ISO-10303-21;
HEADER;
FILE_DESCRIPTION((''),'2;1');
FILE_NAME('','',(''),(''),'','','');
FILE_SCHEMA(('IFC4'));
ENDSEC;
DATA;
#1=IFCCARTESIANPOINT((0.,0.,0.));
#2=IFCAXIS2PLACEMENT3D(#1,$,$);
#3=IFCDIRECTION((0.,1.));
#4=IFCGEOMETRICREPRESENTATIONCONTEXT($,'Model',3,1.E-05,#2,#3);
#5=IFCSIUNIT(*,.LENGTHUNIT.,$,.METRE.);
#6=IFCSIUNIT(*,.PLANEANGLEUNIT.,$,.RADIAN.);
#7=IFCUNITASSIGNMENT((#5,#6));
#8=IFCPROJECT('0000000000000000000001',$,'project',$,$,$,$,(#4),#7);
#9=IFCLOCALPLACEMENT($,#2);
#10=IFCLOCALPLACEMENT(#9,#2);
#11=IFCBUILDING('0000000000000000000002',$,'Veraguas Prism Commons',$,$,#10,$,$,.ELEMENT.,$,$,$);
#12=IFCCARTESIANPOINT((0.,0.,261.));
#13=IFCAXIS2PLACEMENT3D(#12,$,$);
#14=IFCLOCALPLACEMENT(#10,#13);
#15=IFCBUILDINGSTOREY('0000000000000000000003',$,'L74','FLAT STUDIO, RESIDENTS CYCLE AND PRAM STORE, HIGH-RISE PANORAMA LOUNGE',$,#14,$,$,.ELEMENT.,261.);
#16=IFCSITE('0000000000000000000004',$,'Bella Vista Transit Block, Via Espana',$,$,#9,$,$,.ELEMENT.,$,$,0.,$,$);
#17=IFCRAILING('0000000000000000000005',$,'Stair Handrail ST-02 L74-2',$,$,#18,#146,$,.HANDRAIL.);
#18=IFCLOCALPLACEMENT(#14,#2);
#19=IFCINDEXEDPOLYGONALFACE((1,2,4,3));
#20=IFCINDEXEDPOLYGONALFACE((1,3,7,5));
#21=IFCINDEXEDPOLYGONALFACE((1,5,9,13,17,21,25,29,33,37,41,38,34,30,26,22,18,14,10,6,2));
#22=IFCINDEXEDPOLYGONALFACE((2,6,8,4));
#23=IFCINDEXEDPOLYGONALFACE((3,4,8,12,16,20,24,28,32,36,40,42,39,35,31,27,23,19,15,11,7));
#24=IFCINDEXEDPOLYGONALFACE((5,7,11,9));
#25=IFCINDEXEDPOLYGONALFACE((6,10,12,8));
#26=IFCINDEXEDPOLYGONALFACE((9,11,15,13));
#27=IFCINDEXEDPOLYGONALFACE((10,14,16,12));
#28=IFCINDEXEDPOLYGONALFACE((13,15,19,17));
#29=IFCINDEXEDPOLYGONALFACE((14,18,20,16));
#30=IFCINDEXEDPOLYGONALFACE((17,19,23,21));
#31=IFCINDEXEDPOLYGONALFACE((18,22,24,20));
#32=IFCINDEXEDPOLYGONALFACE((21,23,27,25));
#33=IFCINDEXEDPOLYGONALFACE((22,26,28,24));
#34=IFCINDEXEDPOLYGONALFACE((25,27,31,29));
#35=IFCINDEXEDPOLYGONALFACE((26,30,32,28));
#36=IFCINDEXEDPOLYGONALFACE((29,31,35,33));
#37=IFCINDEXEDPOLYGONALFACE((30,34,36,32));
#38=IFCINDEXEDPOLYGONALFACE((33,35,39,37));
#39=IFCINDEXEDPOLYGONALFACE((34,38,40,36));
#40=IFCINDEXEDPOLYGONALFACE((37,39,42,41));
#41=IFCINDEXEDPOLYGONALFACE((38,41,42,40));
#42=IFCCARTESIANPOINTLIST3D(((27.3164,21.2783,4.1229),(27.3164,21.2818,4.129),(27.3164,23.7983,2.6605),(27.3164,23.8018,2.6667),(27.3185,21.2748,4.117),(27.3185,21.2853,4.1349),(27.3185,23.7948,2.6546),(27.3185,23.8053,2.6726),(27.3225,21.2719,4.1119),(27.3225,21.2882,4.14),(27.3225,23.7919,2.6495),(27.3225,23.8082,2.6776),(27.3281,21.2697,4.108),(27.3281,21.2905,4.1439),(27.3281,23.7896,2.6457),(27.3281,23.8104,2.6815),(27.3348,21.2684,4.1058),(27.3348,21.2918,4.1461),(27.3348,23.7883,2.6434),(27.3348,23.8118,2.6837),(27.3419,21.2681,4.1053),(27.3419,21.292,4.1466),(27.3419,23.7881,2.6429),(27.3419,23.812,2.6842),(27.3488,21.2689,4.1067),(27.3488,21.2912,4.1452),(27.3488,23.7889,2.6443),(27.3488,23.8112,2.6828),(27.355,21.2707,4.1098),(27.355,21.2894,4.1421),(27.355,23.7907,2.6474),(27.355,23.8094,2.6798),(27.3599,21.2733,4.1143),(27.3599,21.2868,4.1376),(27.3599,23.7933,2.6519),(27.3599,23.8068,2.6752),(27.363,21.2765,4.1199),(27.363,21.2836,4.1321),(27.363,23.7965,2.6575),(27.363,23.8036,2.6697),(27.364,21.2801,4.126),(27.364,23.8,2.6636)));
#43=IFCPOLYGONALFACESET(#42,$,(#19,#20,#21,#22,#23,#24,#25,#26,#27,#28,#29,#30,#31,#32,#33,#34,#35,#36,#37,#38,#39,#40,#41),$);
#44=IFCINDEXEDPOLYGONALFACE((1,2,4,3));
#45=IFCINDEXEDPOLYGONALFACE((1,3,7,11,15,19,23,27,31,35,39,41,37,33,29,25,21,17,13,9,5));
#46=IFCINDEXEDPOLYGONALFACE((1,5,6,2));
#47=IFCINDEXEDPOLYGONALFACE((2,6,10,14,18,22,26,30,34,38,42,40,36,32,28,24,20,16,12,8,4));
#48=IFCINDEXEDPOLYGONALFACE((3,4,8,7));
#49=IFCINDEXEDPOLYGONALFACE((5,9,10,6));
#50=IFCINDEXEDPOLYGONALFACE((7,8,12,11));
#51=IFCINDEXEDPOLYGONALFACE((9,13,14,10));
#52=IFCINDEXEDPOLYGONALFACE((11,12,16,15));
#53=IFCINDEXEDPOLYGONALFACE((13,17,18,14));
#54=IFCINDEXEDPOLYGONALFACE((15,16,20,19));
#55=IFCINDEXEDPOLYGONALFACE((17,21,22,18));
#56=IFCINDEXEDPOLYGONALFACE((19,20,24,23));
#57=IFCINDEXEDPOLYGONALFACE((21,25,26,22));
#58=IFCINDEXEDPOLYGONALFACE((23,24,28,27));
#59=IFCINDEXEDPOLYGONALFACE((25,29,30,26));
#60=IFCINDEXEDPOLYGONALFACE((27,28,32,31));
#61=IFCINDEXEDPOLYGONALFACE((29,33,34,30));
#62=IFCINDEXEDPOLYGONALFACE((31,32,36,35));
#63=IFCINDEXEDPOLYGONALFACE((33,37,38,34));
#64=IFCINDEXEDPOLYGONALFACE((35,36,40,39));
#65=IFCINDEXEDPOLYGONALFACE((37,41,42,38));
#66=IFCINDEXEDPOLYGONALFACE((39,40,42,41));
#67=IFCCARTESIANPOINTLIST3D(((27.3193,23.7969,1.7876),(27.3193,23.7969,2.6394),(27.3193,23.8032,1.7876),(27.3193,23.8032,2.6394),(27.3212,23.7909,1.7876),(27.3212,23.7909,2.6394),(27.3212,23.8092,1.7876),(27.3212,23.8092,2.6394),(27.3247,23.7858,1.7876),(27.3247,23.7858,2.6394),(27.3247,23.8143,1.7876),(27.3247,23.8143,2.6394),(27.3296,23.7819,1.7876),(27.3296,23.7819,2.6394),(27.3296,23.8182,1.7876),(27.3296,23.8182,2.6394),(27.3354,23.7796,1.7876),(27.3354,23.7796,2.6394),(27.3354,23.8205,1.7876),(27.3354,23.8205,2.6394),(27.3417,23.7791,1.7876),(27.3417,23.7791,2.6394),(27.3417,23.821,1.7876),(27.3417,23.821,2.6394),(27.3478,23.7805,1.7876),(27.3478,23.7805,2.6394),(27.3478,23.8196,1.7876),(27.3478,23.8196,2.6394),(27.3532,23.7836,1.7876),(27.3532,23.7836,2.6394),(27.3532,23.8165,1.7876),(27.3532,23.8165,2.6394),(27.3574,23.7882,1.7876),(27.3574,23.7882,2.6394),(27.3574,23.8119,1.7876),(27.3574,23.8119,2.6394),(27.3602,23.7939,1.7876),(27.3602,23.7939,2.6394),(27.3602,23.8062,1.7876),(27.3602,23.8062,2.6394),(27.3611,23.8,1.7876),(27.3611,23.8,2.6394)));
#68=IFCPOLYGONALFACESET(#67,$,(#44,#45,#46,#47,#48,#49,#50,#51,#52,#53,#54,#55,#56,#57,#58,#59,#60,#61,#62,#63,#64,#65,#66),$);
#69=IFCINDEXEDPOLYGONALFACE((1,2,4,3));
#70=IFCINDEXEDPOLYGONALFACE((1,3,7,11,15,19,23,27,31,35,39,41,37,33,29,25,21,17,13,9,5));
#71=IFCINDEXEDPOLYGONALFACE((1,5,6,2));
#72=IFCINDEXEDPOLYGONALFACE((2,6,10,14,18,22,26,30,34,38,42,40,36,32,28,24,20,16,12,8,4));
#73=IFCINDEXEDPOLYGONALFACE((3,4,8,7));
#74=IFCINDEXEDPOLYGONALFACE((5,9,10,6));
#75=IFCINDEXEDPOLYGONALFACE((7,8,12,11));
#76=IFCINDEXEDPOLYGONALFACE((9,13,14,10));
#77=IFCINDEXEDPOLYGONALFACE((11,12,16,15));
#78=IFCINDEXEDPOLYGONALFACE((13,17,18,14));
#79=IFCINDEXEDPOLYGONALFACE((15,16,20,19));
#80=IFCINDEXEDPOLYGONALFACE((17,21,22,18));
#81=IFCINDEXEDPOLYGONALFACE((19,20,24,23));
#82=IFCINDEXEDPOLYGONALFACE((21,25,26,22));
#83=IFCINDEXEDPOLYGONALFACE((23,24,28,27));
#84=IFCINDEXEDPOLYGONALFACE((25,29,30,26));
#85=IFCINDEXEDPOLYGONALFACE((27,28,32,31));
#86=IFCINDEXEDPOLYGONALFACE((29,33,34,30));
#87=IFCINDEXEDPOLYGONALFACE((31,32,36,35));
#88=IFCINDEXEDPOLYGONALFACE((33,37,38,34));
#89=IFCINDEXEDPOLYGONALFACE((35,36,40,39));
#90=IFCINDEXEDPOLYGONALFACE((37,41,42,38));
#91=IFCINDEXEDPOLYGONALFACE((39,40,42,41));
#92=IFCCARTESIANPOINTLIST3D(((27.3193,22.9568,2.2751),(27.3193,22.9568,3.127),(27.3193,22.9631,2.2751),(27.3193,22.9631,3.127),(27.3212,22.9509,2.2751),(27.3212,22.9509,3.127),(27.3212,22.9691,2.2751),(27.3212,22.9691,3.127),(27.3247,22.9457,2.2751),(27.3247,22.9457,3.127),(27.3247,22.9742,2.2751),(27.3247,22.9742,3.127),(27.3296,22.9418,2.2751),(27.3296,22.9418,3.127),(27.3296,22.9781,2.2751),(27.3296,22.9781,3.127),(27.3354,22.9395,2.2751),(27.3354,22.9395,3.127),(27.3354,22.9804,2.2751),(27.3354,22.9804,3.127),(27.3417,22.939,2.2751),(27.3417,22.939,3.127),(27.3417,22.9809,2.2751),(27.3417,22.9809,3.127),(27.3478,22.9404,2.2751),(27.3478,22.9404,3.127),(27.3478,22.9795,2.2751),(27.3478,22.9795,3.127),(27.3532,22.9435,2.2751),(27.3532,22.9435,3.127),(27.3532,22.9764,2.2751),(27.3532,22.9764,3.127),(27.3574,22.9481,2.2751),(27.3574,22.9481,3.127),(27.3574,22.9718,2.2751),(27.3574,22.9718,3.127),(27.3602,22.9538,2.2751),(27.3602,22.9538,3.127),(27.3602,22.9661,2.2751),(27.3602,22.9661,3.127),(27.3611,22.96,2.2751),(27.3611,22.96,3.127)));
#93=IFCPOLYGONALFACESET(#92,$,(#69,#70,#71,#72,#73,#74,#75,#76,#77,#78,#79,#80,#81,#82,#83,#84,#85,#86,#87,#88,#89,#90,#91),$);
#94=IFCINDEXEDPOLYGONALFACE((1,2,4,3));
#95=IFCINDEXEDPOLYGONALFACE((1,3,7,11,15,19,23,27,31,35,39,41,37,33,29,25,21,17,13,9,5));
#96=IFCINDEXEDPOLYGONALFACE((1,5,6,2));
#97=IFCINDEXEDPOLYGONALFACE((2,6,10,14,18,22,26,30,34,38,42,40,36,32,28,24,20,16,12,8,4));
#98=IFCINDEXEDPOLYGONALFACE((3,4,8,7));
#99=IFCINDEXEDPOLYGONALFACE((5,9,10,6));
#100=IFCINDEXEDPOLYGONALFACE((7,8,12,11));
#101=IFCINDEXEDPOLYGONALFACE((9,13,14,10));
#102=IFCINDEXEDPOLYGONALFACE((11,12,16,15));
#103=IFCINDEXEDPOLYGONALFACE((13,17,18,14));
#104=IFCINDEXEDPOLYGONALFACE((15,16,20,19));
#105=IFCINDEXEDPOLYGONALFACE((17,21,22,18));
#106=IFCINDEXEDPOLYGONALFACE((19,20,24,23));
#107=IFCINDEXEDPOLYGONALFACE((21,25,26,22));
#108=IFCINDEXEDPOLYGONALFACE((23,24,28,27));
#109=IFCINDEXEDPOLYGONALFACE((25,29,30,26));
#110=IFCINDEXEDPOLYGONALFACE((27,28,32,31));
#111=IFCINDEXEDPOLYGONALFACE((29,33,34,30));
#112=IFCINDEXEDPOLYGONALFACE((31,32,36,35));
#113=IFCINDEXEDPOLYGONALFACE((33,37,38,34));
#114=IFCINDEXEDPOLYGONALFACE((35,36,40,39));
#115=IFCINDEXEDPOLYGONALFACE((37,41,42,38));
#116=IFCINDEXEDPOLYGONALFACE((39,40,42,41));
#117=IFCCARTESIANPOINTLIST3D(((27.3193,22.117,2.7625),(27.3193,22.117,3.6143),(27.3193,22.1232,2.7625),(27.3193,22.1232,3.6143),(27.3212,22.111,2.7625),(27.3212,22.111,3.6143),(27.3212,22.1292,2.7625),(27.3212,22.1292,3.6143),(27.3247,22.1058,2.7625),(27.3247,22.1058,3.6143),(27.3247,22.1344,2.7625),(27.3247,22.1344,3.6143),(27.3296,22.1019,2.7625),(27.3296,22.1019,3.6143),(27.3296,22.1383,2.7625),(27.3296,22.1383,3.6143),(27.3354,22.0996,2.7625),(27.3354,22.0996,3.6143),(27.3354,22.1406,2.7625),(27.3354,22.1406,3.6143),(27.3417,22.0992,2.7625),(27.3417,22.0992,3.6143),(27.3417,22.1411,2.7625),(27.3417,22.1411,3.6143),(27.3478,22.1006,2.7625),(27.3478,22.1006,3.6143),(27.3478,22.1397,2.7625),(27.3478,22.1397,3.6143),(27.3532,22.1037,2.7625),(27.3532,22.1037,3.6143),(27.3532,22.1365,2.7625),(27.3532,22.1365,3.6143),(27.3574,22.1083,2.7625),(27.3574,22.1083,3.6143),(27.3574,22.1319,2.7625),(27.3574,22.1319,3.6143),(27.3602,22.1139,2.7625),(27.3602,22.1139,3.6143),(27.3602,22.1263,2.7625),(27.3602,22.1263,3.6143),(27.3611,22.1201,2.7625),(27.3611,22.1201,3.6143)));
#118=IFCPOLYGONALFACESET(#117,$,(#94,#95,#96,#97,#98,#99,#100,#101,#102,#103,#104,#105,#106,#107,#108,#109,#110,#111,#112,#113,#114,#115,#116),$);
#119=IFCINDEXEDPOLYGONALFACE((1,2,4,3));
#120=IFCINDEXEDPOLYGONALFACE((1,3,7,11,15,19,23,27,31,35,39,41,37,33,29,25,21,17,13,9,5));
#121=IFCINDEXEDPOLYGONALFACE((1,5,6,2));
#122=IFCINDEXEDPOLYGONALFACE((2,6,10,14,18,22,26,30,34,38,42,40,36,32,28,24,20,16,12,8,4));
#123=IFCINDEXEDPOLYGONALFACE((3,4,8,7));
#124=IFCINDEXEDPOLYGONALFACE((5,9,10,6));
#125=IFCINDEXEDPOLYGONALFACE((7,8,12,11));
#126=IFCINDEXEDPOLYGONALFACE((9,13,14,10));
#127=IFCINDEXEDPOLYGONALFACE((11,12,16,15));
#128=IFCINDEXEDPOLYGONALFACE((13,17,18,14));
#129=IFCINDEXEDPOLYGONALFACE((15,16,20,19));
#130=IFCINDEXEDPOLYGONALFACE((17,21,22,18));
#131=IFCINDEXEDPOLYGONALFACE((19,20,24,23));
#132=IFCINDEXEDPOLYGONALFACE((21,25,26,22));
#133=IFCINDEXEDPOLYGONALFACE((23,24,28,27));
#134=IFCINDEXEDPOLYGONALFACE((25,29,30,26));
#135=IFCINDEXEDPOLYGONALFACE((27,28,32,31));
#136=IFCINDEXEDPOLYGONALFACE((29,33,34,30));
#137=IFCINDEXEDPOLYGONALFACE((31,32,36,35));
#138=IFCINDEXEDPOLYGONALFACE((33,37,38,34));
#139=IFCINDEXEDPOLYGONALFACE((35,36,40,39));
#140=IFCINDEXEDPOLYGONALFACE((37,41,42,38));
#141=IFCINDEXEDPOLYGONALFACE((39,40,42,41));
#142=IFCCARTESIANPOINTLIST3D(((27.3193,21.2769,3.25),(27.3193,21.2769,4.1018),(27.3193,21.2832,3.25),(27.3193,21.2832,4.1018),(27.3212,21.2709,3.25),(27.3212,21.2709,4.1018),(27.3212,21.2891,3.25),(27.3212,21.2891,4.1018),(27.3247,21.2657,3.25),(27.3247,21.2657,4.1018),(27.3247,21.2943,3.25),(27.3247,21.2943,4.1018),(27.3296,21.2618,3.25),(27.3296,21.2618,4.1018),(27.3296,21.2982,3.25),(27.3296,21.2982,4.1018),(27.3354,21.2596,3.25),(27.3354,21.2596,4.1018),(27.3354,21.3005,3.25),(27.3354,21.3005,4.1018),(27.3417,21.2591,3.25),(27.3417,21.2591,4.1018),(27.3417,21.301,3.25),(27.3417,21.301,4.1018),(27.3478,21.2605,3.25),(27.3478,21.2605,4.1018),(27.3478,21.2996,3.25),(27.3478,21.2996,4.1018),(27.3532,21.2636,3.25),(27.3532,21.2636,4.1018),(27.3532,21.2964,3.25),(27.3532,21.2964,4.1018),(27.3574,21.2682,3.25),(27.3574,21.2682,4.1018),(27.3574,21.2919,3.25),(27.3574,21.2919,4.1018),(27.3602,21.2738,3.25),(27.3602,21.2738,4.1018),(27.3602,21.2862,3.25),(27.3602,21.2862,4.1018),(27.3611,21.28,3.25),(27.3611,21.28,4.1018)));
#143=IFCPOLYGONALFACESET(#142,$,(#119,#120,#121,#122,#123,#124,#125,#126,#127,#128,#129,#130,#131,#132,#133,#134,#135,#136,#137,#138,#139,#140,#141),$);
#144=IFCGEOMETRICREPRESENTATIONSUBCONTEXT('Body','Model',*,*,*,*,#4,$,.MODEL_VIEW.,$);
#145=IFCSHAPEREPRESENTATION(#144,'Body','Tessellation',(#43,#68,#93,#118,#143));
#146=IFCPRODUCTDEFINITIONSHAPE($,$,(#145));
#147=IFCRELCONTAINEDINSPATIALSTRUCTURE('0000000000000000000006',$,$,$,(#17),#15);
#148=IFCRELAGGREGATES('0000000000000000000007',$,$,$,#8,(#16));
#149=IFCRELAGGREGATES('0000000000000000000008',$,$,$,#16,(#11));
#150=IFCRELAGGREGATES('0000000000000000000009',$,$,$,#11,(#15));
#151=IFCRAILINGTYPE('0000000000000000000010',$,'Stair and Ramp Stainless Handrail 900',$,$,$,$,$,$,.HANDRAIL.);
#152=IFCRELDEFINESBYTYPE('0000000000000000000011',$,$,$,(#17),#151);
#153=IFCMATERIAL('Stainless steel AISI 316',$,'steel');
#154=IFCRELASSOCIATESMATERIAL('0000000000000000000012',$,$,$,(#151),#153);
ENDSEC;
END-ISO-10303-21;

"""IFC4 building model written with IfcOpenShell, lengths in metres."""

from ifc_helpers import new_model, si_unit, direction, frame, origin, origin_2d, place, context, subcontext, project, spatial, circle, extrude, material, type_object, element, save


model = new_model("IFC4")

# Units and contexts
model_context = context("Model", 3, precision=1e-05, world=origin(), true_north=direction((0.0, 1.0)))
body_context = subcontext(model_context, "Body", "Model", "MODEL_VIEW")
ifc_project = project(units=[si_unit("LENGTHUNIT", "METRE"), si_unit("PLANEANGLEUNIT", "RADIAN")], contexts=[model_context])

# Site, building, storey
site_placement = place(None, origin())
site = spatial("IfcSite", under=ifc_project, at=site_placement, Name="Bella Vista Transit Block, Via Espana", CompositionType="ELEMENT", RefElevation=0.0)
building_placement = place(site_placement, origin())
building = spatial("IfcBuilding", under=site, at=building_placement, Name="Veraguas Prism Commons", CompositionType="ELEMENT")
storey_placement = place(building_placement, frame((0.0, 0.0, 261.0)))
storey = spatial("IfcBuildingStorey", under=building, at=storey_placement, Name="L74", Description="FLAT STUDIO, RESIDENTS CYCLE AND PRAM STORE, HIGH-RISE PANORAMA LOUNGE", CompositionType="ELEMENT", Elevation=261.0)

# Railing
ifc_material_1 = material(Name="Stainless steel AISI 316", Category="steel")
railing_type_1 = type_object("IfcRailingType", Name="Stair and Ramp Stainless Handrail 900", PredefinedType="HANDRAIL", material=ifc_material_1)
railing_1_placement = place(storey_placement, frame((27.3401, 23.8, 1.7876)))
element("IfcRailing", 1, at=railing_1_placement, inside=storey, type_object=railing_type_1, Name="Stair Handrail ST-02 L74-2", PredefinedType="HANDRAIL", context=body_context, shape_type="SweptSolid", body=[
    extrude(circle(Radius=0.0239, at=origin_2d()), frame((0.0, 0.0, 0.876), z_axis=(0.0, -0.864913, 0.501921), x_axis=(1.0, 0.0, 0.0)), (0.0, 0.0, 1.0), 2.9136),
    extrude(circle(Radius=0.021, at=origin_2d()), origin(), (0.0, 0.0, 1.0), 0.8518),
    extrude(circle(Radius=0.021, at=origin_2d()), frame((0.0, -0.8401, 0.4875)), (0.0, 0.0, 1.0), 0.8518),
    extrude(circle(Radius=0.021, at=origin_2d()), frame((0.0, -1.6799, 0.9749)), (0.0, 0.0, 1.0), 0.8518),
    extrude(circle(Radius=0.021, at=origin_2d()), frame((0.0, -2.52, 1.4624)), (0.0, 0.0, 1.0), 0.8518),
])

save(model, "model.ifc")
